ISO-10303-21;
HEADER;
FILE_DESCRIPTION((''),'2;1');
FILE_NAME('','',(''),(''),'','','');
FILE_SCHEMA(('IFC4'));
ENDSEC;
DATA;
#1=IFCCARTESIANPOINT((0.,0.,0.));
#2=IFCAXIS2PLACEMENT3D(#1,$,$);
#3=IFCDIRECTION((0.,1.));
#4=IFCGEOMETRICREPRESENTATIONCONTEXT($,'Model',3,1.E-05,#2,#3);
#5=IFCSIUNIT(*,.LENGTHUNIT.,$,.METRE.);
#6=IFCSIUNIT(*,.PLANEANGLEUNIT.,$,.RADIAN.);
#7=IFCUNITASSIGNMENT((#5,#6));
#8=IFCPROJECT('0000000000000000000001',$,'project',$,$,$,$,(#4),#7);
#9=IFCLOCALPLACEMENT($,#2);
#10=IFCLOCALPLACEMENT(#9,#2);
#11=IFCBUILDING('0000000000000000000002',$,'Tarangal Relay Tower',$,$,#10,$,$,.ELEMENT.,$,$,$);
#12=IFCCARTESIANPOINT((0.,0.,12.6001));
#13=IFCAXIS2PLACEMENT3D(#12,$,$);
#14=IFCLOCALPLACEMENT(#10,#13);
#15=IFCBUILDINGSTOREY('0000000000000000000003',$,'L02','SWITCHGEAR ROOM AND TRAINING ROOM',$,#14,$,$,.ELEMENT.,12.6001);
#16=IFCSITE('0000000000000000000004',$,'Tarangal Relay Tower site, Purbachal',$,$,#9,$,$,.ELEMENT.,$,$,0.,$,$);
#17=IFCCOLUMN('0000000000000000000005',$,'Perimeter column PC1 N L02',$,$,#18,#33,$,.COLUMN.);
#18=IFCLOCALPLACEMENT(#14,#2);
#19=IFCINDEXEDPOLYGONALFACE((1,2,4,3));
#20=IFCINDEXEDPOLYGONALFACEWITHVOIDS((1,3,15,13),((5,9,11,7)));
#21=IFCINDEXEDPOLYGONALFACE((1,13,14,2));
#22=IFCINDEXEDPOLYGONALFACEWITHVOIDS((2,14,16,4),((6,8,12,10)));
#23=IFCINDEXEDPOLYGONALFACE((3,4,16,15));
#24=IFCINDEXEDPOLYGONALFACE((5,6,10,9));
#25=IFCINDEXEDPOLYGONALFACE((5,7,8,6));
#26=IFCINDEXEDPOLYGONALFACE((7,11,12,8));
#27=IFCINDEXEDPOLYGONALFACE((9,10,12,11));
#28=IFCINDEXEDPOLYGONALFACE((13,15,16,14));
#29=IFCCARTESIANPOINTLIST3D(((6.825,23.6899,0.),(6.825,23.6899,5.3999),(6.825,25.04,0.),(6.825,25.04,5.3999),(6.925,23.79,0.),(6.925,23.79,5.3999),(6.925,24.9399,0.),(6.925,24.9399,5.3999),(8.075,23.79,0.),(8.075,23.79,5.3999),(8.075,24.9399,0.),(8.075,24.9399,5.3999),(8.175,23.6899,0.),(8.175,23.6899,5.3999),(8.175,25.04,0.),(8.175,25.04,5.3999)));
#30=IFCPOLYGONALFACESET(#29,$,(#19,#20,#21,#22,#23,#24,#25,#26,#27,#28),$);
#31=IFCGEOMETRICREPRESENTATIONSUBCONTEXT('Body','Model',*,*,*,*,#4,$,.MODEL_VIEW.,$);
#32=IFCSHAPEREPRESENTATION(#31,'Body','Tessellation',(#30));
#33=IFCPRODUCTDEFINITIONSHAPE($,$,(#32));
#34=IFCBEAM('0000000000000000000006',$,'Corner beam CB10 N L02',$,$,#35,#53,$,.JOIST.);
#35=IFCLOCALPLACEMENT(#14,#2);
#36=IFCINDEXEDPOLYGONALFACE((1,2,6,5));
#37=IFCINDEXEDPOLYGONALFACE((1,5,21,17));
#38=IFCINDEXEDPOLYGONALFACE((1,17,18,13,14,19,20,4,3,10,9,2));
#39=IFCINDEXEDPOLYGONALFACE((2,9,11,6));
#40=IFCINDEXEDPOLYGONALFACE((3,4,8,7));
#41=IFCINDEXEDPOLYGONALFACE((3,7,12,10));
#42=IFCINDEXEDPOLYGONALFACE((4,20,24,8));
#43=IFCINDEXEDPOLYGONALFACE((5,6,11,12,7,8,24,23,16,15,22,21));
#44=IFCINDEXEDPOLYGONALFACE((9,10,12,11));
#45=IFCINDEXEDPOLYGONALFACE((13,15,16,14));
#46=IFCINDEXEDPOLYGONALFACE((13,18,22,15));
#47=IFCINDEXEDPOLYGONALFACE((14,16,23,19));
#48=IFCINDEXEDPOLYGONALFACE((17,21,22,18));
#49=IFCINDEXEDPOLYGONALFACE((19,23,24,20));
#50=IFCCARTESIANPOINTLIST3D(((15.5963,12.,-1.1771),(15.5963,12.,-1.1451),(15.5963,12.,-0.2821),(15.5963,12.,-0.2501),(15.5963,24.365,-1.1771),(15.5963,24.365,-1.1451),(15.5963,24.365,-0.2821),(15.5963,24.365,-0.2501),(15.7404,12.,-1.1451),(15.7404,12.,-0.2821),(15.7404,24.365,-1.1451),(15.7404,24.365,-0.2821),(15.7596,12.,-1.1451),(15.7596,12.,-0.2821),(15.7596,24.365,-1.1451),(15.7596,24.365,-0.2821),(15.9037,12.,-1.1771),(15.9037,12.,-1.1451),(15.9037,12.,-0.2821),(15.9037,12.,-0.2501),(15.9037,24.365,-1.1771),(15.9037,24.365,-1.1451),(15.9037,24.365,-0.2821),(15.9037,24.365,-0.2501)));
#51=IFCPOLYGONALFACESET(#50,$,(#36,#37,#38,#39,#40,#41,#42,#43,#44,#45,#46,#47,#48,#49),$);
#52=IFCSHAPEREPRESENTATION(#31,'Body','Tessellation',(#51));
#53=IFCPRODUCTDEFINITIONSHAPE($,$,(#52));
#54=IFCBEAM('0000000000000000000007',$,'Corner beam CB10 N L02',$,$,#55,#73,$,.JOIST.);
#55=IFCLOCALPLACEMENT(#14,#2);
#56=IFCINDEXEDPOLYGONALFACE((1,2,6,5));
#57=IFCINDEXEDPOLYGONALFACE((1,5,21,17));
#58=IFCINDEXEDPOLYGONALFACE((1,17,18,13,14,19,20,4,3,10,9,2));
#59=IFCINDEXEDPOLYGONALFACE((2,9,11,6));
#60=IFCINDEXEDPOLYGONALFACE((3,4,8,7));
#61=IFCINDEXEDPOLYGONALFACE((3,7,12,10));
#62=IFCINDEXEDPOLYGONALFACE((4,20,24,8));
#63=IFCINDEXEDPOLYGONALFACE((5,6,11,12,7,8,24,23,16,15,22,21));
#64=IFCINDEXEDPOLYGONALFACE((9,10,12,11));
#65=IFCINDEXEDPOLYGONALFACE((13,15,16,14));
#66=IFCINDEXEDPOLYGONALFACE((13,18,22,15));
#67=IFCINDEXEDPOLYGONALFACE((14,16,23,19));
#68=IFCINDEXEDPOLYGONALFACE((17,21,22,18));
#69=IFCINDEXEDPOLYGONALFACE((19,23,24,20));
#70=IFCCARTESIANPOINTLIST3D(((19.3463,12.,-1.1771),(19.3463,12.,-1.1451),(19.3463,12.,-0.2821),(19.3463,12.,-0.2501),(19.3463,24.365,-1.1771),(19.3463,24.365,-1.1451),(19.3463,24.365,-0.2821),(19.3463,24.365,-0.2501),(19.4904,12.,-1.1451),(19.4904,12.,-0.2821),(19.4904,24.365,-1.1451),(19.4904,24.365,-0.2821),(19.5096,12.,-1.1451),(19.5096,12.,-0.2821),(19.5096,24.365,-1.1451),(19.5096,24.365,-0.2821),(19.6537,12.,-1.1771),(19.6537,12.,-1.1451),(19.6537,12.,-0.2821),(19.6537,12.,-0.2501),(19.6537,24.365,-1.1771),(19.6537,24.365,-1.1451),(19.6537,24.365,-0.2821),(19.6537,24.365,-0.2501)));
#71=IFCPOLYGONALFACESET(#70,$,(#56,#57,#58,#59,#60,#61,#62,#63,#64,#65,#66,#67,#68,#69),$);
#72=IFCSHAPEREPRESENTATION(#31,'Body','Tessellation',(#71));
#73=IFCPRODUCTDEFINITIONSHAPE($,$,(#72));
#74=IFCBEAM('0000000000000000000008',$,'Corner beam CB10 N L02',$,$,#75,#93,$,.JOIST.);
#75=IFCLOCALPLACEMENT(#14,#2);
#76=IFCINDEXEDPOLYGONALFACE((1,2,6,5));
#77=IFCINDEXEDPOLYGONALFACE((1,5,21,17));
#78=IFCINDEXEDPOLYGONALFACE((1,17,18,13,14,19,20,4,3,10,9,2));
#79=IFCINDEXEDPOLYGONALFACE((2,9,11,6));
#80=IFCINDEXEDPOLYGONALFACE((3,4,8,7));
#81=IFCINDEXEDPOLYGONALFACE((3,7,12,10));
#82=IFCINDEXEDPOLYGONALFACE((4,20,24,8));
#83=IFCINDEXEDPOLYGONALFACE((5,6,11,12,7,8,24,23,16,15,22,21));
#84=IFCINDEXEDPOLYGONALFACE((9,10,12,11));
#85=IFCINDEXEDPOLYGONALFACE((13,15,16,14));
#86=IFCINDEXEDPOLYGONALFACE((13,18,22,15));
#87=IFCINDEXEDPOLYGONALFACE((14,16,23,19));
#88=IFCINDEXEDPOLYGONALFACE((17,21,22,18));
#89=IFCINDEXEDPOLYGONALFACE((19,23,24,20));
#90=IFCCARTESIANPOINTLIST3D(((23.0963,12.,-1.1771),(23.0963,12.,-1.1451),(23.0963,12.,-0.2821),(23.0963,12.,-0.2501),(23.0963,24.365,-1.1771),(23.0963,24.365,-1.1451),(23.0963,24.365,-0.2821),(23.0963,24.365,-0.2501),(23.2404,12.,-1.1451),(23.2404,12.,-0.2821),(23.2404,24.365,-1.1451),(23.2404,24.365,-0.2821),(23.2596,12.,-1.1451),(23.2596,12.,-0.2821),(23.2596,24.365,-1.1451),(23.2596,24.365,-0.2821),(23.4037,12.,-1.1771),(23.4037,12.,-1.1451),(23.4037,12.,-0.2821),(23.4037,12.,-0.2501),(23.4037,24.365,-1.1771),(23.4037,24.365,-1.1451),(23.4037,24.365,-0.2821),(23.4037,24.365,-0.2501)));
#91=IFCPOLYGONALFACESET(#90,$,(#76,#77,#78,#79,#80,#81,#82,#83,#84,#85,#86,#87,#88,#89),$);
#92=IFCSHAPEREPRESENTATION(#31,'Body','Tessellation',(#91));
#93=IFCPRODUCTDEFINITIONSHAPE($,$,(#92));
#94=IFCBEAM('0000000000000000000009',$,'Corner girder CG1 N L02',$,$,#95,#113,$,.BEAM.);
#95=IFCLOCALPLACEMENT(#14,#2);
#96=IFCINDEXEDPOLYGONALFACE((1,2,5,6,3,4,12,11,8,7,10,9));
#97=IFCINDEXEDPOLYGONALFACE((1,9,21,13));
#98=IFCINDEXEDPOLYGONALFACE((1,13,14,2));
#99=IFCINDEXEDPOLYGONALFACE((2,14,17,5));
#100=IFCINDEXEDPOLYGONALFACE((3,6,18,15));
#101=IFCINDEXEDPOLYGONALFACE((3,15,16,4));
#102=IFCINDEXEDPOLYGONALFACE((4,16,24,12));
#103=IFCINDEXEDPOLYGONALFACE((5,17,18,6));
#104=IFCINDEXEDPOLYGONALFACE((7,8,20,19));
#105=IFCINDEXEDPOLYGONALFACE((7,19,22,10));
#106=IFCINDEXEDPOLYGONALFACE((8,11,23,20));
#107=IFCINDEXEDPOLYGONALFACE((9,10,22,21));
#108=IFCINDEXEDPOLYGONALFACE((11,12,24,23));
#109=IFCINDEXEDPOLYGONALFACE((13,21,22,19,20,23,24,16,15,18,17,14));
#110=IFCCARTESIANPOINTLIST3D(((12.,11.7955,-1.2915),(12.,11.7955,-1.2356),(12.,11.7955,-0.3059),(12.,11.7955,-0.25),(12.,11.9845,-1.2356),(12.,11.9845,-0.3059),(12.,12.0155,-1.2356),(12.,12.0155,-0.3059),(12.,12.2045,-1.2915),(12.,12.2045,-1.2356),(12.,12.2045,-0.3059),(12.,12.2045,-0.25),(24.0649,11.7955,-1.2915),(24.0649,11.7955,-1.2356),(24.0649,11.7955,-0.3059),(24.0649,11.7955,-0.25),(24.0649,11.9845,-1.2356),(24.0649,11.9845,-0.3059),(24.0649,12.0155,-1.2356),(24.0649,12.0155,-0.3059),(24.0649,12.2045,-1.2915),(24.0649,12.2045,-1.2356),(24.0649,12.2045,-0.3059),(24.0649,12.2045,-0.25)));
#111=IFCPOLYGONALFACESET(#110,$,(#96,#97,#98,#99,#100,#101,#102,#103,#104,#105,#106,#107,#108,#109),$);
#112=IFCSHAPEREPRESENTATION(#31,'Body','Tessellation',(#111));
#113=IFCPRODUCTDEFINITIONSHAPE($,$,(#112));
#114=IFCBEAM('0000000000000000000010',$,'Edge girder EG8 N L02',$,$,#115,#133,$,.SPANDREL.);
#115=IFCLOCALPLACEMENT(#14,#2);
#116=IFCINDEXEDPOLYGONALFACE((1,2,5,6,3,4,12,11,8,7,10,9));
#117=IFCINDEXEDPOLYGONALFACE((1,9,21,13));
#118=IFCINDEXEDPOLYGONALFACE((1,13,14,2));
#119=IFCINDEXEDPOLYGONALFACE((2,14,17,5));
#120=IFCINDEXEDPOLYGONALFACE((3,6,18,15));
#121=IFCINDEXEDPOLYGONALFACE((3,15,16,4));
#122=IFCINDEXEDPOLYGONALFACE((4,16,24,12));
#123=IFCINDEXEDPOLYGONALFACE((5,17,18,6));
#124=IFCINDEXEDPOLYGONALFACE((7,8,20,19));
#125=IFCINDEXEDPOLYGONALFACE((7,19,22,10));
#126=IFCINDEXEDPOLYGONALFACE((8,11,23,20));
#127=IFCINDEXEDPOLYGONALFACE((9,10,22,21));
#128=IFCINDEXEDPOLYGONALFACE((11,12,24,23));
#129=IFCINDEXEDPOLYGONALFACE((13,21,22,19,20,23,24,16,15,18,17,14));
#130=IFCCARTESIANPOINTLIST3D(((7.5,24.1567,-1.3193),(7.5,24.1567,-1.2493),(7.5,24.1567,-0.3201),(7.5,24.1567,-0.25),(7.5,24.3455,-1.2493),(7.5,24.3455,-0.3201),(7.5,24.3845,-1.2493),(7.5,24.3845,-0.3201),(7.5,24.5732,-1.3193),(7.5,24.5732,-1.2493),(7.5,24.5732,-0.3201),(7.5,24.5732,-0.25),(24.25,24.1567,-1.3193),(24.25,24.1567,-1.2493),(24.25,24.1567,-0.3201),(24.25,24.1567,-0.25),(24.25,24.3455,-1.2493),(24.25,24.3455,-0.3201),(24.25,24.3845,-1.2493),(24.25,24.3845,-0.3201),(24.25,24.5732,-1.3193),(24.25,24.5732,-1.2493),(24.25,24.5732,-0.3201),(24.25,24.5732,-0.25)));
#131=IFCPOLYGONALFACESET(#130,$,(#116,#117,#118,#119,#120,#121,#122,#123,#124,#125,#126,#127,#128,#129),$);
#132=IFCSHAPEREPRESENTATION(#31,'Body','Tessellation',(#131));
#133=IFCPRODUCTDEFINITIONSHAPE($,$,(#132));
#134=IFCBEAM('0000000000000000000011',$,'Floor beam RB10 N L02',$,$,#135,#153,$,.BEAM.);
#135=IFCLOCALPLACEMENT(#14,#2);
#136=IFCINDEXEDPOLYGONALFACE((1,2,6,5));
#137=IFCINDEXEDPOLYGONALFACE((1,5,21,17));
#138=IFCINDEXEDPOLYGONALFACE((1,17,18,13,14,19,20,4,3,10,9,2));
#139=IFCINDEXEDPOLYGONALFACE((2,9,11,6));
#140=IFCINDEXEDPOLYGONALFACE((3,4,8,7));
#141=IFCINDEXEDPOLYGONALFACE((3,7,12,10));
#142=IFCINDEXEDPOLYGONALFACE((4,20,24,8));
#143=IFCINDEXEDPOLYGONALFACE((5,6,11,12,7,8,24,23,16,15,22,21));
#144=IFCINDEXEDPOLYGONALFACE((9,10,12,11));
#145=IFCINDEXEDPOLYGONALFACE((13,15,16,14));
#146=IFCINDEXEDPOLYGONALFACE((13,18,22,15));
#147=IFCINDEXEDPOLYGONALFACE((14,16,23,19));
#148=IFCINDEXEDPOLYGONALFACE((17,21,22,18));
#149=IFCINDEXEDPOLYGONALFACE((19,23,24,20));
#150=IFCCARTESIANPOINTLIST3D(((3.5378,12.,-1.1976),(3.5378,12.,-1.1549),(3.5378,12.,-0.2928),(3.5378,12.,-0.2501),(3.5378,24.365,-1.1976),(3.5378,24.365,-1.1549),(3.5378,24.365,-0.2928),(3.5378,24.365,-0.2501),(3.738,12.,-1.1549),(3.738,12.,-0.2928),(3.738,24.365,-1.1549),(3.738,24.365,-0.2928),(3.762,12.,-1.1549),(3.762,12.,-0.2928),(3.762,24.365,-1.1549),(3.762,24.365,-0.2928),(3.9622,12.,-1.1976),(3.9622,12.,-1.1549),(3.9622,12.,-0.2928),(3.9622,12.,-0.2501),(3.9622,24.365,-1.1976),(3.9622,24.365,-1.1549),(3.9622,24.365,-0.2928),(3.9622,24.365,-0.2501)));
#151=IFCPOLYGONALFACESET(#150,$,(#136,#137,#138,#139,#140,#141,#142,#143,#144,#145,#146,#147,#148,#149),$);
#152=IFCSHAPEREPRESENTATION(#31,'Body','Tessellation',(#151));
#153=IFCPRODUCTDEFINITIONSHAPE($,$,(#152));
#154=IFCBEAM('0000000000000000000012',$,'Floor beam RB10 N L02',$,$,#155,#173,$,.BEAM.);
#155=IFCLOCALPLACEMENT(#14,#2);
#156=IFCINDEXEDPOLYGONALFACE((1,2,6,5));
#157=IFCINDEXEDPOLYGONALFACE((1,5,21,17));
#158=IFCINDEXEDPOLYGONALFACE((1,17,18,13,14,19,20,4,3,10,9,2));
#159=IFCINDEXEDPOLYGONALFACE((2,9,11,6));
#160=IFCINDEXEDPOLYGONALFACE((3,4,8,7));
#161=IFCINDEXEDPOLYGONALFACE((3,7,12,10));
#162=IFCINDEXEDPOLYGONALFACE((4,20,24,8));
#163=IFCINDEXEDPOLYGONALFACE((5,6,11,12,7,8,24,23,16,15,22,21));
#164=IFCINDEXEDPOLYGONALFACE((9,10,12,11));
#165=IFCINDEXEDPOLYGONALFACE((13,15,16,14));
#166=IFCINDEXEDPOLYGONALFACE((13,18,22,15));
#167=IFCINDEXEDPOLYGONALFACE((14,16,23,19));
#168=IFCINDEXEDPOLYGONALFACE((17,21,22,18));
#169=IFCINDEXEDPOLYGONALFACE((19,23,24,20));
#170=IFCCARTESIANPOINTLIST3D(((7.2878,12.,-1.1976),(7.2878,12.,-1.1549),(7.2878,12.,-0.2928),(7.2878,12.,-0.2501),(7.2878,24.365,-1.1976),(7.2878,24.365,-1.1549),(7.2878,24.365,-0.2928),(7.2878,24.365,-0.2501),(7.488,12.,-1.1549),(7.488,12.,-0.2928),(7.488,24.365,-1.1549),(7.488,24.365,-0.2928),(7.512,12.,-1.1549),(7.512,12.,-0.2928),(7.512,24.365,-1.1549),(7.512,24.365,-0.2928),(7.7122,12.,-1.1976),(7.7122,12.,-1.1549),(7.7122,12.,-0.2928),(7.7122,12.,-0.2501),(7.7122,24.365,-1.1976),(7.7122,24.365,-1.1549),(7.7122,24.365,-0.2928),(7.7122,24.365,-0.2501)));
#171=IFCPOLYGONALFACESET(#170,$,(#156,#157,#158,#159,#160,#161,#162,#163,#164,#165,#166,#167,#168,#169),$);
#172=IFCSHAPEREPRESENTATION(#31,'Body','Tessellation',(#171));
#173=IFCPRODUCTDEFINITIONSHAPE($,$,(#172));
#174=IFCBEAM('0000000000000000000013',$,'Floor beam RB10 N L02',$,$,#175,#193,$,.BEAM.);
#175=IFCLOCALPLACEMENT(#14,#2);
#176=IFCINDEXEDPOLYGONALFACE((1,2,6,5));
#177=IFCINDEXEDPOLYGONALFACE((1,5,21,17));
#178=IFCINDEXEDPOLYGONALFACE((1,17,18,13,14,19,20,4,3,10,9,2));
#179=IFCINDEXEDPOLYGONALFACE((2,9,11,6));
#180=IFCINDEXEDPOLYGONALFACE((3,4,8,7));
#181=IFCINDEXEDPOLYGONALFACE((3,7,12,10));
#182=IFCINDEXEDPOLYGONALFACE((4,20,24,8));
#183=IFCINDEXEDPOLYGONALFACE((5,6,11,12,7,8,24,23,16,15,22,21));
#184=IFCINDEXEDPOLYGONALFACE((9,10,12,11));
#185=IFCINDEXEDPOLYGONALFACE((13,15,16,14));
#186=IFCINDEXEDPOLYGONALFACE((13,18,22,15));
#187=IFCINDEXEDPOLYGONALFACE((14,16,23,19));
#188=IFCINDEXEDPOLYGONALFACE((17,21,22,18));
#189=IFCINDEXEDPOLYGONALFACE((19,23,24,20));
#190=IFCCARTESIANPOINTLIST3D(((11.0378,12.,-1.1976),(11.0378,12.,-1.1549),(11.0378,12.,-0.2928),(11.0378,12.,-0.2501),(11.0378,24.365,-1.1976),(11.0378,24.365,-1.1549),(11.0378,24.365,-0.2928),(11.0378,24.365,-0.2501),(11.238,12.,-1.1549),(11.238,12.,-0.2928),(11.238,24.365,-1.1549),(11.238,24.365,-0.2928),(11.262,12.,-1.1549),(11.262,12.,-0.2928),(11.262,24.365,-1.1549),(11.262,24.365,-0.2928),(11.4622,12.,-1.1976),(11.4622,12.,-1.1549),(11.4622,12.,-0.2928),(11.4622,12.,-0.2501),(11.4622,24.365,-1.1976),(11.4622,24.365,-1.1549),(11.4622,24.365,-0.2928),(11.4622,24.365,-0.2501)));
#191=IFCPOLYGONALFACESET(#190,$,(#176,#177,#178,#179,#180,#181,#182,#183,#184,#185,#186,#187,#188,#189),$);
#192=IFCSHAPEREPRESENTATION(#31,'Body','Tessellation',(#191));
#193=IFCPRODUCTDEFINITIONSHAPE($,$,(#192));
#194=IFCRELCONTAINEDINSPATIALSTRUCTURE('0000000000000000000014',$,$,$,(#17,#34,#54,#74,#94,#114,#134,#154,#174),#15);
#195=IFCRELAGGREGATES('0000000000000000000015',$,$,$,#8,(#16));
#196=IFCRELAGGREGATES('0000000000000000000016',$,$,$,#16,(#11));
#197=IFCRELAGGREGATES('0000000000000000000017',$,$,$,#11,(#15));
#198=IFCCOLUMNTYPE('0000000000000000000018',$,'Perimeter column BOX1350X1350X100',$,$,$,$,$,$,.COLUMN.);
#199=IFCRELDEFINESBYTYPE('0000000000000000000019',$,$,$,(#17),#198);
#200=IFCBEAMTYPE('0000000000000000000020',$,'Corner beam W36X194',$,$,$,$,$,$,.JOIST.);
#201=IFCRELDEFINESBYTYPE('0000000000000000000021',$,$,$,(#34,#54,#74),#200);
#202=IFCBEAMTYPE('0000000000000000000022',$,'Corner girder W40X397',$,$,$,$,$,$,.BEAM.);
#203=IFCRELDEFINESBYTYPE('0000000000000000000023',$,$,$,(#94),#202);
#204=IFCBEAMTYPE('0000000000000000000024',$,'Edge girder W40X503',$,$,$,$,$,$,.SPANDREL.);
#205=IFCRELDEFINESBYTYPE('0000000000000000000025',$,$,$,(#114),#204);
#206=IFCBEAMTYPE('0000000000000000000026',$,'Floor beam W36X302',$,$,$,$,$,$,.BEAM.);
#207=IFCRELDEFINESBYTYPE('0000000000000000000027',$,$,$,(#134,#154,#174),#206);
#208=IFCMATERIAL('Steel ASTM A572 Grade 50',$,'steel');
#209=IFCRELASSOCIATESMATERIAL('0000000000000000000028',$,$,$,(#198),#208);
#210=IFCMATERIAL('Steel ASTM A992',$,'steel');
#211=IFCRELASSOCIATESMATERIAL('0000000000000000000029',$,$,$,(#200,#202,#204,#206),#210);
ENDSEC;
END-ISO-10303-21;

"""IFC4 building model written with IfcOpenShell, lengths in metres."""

from ifc_helpers import new_model, si_unit, direction, frame, origin, origin_2d, place, context, subcontext, project, spatial, hollow_rectangle, i_section, extrude, material, material_profile, profile_set, type_object, element, save


model = new_model("IFC4")

# Units and contexts
model_context = context("Model", 3, precision=1e-05, world=origin(), true_north=direction((0.0, 1.0)))
body_context = subcontext(model_context, "Body", "Model", "MODEL_VIEW")
ifc_project = project(units=[si_unit("LENGTHUNIT", "METRE"), si_unit("PLANEANGLEUNIT", "RADIAN")], contexts=[model_context])

# Site, building, storey
site_placement = place(None, origin())
site = spatial("IfcSite", under=ifc_project, at=site_placement, Name="Tarangal Relay Tower site, Purbachal", CompositionType="ELEMENT", RefElevation=0.0)
building_placement = place(site_placement, origin())
building = spatial("IfcBuilding", under=site, at=building_placement, Name="Tarangal Relay Tower", CompositionType="ELEMENT")
storey_placement = place(building_placement, frame((0.0, 0.0, 12.6001)))
storey = spatial("IfcBuildingStorey", under=building, at=storey_placement, Name="L02", Description="SWITCHGEAR ROOM AND TRAINING ROOM", CompositionType="ELEMENT", Elevation=12.6001)

# Column
ifc_material_1 = material(Name="Steel ASTM A572 Grade 50", Category="steel")
ifc_material_profile_1 = material_profile(ifc_material_1, hollow_rectangle(XDim=1.3501, YDim=1.3501, WallThickness=0.1001, at=origin_2d()), Name="BOX1350X1350X100")
ifc_profile_set_1 = profile_set([ifc_material_profile_1], Name="Steel ASTM A572 Grade 50")
column_type = type_object("IfcColumnType", Name="Perimeter column BOX1350X1350X100", PredefinedType="COLUMN", material=ifc_profile_set_1)
column_placement = place(storey_placement, frame((7.5, 24.365, 0.0), z_axis=(0.0, 0.0, 1.0), x_axis=(1.0, 0.0, 0.0)))
element("IfcColumn", 1, at=column_placement, inside=storey, type_object=column_type, Name="Perimeter column PC1 N L02", PredefinedType="COLUMN", context=body_context, shape_type="SweptSolid", body=[
    extrude(hollow_rectangle(XDim=1.3501, YDim=1.3501, WallThickness=0.1001, at=origin_2d()), origin(), (0.0, 0.0, 1.0), 5.3999),
])

# Beams
ifc_material_2 = material(Name="Steel ASTM A992", Category="steel")
ifc_material_profile_2 = material_profile(ifc_material_2, i_section(OverallWidth=0.3074, OverallDepth=0.927, WebThickness=0.0193, FlangeThickness=0.032, at=origin_2d()), Name="W36X194")
ifc_profile_set_2 = profile_set([ifc_material_profile_2], Name="Steel ASTM A992")
beam_type_1 = type_object("IfcBeamType", Name="Corner beam W36X194", PredefinedType="JOIST", material=ifc_profile_set_2)
for number, where, z_axis, x_axis, name in (
    (2, (15.75, 12.0, -0.7136), (0.0, 1.0, 0.0), (-1.0, 0.0, 0.0), "Corner beam CB10 N L02"),
    (3, (19.5, 12.0, -0.7136), (0.0, 1.0, 0.0), (-1.0, 0.0, 0.0), "Corner beam CB10 N L02"),
    (4, (23.25, 12.0, -0.7136), (0.0, 1.0, 0.0), (-1.0, 0.0, 0.0), "Corner beam CB10 N L02"),
):
    element("IfcBeam", number, at=place(storey_placement, frame(where, z_axis=z_axis, x_axis=x_axis)), inside=storey, type_object=beam_type_1, Name=name, PredefinedType="JOIST", context=body_context, shape_type="SweptSolid", body=[
        extrude(i_section(OverallWidth=0.3074, OverallDepth=0.927, WebThickness=0.0193, FlangeThickness=0.032, at=origin_2d()), origin(), (0.0, 0.0, 1.0), 12.365),
    ])
ifc_material_profile_3 = material_profile(ifc_material_2, i_section(OverallWidth=0.4089, OverallDepth=1.0415, WebThickness=0.031, FlangeThickness=0.0559, at=origin_2d()), Name="W40X397")
ifc_profile_set_3 = profile_set([ifc_material_profile_3], Name="Steel ASTM A992")
beam_type_2 = type_object("IfcBeamType", Name="Corner girder W40X397", PredefinedType="BEAM", material=ifc_profile_set_3)
beam_1_placement = place(storey_placement, frame((12.0, 12.0, -0.7708), z_axis=(1.0, 0.0, 0.0), x_axis=(0.0, 1.0, 0.0)))
element("IfcBeam", 5, at=beam_1_placement, inside=storey, type_object=beam_type_2, Name="Corner girder CG1 N L02", PredefinedType="BEAM", context=body_context, shape_type="SweptSolid", body=[
    extrude(i_section(OverallWidth=0.4089, OverallDepth=1.0415, WebThickness=0.031, FlangeThickness=0.0559, at=origin_2d()), origin(), (0.0, 0.0, 1.0), 12.0649),
])
ifc_material_profile_4 = material_profile(ifc_material_2, i_section(OverallWidth=0.4165, OverallDepth=1.0693, WebThickness=0.0391, FlangeThickness=0.0701, at=origin_2d()), Name="W40X503")
ifc_profile_set_4 = profile_set([ifc_material_profile_4], Name="Steel ASTM A992")
beam_type_3 = type_object("IfcBeamType", Name="Edge girder W40X503", PredefinedType="SPANDREL", material=ifc_profile_set_4)
beam_2_placement = place(storey_placement, frame((7.5, 24.365, -0.7847), z_axis=(1.0, 0.0, 0.0), x_axis=(0.0, 1.0, 0.0)))
element("IfcBeam", 6, at=beam_2_placement, inside=storey, type_object=beam_type_3, Name="Edge girder EG8 N L02", PredefinedType="SPANDREL", context=body_context, shape_type="SweptSolid", body=[
    extrude(i_section(OverallWidth=0.4165, OverallDepth=1.0693, WebThickness=0.0391, FlangeThickness=0.0701, at=origin_2d()), origin(), (0.0, 0.0, 1.0), 16.75),
])
ifc_material_profile_5 = material_profile(ifc_material_2, i_section(OverallWidth=0.4243, OverallDepth=0.9475, WebThickness=0.0239, FlangeThickness=0.0427, at=origin_2d()), Name="W36X302")
ifc_profile_set_5 = profile_set([ifc_material_profile_5], Name="Steel ASTM A992")
beam_type_4 = type_object("IfcBeamType", Name="Floor beam W36X302", PredefinedType="BEAM", material=ifc_profile_set_5)
for number, where, z_axis, x_axis, name in (
    (7, (3.75, 12.0, -0.7239), (0.0, 1.0, 0.0), (-1.0, 0.0, 0.0), "Floor beam RB10 N L02"),
    (8, (7.5, 12.0, -0.7239), (0.0, 1.0, 0.0), (-1.0, 0.0, 0.0), "Floor beam RB10 N L02"),
    (9, (11.25, 12.0, -0.7239), (0.0, 1.0, 0.0), (-1.0, 0.0, 0.0), "Floor beam RB10 N L02"),
):
    element("IfcBeam", number, at=place(storey_placement, frame(where, z_axis=z_axis, x_axis=x_axis)), inside=storey, type_object=beam_type_4, Name=name, PredefinedType="BEAM", context=body_context, shape_type="SweptSolid", body=[
        extrude(i_section(OverallWidth=0.4243, OverallDepth=0.9475, WebThickness=0.0239, FlangeThickness=0.0427, at=origin_2d()), origin(), (0.0, 0.0, 1.0), 12.365),
    ])

save(model, "model.ifc")
